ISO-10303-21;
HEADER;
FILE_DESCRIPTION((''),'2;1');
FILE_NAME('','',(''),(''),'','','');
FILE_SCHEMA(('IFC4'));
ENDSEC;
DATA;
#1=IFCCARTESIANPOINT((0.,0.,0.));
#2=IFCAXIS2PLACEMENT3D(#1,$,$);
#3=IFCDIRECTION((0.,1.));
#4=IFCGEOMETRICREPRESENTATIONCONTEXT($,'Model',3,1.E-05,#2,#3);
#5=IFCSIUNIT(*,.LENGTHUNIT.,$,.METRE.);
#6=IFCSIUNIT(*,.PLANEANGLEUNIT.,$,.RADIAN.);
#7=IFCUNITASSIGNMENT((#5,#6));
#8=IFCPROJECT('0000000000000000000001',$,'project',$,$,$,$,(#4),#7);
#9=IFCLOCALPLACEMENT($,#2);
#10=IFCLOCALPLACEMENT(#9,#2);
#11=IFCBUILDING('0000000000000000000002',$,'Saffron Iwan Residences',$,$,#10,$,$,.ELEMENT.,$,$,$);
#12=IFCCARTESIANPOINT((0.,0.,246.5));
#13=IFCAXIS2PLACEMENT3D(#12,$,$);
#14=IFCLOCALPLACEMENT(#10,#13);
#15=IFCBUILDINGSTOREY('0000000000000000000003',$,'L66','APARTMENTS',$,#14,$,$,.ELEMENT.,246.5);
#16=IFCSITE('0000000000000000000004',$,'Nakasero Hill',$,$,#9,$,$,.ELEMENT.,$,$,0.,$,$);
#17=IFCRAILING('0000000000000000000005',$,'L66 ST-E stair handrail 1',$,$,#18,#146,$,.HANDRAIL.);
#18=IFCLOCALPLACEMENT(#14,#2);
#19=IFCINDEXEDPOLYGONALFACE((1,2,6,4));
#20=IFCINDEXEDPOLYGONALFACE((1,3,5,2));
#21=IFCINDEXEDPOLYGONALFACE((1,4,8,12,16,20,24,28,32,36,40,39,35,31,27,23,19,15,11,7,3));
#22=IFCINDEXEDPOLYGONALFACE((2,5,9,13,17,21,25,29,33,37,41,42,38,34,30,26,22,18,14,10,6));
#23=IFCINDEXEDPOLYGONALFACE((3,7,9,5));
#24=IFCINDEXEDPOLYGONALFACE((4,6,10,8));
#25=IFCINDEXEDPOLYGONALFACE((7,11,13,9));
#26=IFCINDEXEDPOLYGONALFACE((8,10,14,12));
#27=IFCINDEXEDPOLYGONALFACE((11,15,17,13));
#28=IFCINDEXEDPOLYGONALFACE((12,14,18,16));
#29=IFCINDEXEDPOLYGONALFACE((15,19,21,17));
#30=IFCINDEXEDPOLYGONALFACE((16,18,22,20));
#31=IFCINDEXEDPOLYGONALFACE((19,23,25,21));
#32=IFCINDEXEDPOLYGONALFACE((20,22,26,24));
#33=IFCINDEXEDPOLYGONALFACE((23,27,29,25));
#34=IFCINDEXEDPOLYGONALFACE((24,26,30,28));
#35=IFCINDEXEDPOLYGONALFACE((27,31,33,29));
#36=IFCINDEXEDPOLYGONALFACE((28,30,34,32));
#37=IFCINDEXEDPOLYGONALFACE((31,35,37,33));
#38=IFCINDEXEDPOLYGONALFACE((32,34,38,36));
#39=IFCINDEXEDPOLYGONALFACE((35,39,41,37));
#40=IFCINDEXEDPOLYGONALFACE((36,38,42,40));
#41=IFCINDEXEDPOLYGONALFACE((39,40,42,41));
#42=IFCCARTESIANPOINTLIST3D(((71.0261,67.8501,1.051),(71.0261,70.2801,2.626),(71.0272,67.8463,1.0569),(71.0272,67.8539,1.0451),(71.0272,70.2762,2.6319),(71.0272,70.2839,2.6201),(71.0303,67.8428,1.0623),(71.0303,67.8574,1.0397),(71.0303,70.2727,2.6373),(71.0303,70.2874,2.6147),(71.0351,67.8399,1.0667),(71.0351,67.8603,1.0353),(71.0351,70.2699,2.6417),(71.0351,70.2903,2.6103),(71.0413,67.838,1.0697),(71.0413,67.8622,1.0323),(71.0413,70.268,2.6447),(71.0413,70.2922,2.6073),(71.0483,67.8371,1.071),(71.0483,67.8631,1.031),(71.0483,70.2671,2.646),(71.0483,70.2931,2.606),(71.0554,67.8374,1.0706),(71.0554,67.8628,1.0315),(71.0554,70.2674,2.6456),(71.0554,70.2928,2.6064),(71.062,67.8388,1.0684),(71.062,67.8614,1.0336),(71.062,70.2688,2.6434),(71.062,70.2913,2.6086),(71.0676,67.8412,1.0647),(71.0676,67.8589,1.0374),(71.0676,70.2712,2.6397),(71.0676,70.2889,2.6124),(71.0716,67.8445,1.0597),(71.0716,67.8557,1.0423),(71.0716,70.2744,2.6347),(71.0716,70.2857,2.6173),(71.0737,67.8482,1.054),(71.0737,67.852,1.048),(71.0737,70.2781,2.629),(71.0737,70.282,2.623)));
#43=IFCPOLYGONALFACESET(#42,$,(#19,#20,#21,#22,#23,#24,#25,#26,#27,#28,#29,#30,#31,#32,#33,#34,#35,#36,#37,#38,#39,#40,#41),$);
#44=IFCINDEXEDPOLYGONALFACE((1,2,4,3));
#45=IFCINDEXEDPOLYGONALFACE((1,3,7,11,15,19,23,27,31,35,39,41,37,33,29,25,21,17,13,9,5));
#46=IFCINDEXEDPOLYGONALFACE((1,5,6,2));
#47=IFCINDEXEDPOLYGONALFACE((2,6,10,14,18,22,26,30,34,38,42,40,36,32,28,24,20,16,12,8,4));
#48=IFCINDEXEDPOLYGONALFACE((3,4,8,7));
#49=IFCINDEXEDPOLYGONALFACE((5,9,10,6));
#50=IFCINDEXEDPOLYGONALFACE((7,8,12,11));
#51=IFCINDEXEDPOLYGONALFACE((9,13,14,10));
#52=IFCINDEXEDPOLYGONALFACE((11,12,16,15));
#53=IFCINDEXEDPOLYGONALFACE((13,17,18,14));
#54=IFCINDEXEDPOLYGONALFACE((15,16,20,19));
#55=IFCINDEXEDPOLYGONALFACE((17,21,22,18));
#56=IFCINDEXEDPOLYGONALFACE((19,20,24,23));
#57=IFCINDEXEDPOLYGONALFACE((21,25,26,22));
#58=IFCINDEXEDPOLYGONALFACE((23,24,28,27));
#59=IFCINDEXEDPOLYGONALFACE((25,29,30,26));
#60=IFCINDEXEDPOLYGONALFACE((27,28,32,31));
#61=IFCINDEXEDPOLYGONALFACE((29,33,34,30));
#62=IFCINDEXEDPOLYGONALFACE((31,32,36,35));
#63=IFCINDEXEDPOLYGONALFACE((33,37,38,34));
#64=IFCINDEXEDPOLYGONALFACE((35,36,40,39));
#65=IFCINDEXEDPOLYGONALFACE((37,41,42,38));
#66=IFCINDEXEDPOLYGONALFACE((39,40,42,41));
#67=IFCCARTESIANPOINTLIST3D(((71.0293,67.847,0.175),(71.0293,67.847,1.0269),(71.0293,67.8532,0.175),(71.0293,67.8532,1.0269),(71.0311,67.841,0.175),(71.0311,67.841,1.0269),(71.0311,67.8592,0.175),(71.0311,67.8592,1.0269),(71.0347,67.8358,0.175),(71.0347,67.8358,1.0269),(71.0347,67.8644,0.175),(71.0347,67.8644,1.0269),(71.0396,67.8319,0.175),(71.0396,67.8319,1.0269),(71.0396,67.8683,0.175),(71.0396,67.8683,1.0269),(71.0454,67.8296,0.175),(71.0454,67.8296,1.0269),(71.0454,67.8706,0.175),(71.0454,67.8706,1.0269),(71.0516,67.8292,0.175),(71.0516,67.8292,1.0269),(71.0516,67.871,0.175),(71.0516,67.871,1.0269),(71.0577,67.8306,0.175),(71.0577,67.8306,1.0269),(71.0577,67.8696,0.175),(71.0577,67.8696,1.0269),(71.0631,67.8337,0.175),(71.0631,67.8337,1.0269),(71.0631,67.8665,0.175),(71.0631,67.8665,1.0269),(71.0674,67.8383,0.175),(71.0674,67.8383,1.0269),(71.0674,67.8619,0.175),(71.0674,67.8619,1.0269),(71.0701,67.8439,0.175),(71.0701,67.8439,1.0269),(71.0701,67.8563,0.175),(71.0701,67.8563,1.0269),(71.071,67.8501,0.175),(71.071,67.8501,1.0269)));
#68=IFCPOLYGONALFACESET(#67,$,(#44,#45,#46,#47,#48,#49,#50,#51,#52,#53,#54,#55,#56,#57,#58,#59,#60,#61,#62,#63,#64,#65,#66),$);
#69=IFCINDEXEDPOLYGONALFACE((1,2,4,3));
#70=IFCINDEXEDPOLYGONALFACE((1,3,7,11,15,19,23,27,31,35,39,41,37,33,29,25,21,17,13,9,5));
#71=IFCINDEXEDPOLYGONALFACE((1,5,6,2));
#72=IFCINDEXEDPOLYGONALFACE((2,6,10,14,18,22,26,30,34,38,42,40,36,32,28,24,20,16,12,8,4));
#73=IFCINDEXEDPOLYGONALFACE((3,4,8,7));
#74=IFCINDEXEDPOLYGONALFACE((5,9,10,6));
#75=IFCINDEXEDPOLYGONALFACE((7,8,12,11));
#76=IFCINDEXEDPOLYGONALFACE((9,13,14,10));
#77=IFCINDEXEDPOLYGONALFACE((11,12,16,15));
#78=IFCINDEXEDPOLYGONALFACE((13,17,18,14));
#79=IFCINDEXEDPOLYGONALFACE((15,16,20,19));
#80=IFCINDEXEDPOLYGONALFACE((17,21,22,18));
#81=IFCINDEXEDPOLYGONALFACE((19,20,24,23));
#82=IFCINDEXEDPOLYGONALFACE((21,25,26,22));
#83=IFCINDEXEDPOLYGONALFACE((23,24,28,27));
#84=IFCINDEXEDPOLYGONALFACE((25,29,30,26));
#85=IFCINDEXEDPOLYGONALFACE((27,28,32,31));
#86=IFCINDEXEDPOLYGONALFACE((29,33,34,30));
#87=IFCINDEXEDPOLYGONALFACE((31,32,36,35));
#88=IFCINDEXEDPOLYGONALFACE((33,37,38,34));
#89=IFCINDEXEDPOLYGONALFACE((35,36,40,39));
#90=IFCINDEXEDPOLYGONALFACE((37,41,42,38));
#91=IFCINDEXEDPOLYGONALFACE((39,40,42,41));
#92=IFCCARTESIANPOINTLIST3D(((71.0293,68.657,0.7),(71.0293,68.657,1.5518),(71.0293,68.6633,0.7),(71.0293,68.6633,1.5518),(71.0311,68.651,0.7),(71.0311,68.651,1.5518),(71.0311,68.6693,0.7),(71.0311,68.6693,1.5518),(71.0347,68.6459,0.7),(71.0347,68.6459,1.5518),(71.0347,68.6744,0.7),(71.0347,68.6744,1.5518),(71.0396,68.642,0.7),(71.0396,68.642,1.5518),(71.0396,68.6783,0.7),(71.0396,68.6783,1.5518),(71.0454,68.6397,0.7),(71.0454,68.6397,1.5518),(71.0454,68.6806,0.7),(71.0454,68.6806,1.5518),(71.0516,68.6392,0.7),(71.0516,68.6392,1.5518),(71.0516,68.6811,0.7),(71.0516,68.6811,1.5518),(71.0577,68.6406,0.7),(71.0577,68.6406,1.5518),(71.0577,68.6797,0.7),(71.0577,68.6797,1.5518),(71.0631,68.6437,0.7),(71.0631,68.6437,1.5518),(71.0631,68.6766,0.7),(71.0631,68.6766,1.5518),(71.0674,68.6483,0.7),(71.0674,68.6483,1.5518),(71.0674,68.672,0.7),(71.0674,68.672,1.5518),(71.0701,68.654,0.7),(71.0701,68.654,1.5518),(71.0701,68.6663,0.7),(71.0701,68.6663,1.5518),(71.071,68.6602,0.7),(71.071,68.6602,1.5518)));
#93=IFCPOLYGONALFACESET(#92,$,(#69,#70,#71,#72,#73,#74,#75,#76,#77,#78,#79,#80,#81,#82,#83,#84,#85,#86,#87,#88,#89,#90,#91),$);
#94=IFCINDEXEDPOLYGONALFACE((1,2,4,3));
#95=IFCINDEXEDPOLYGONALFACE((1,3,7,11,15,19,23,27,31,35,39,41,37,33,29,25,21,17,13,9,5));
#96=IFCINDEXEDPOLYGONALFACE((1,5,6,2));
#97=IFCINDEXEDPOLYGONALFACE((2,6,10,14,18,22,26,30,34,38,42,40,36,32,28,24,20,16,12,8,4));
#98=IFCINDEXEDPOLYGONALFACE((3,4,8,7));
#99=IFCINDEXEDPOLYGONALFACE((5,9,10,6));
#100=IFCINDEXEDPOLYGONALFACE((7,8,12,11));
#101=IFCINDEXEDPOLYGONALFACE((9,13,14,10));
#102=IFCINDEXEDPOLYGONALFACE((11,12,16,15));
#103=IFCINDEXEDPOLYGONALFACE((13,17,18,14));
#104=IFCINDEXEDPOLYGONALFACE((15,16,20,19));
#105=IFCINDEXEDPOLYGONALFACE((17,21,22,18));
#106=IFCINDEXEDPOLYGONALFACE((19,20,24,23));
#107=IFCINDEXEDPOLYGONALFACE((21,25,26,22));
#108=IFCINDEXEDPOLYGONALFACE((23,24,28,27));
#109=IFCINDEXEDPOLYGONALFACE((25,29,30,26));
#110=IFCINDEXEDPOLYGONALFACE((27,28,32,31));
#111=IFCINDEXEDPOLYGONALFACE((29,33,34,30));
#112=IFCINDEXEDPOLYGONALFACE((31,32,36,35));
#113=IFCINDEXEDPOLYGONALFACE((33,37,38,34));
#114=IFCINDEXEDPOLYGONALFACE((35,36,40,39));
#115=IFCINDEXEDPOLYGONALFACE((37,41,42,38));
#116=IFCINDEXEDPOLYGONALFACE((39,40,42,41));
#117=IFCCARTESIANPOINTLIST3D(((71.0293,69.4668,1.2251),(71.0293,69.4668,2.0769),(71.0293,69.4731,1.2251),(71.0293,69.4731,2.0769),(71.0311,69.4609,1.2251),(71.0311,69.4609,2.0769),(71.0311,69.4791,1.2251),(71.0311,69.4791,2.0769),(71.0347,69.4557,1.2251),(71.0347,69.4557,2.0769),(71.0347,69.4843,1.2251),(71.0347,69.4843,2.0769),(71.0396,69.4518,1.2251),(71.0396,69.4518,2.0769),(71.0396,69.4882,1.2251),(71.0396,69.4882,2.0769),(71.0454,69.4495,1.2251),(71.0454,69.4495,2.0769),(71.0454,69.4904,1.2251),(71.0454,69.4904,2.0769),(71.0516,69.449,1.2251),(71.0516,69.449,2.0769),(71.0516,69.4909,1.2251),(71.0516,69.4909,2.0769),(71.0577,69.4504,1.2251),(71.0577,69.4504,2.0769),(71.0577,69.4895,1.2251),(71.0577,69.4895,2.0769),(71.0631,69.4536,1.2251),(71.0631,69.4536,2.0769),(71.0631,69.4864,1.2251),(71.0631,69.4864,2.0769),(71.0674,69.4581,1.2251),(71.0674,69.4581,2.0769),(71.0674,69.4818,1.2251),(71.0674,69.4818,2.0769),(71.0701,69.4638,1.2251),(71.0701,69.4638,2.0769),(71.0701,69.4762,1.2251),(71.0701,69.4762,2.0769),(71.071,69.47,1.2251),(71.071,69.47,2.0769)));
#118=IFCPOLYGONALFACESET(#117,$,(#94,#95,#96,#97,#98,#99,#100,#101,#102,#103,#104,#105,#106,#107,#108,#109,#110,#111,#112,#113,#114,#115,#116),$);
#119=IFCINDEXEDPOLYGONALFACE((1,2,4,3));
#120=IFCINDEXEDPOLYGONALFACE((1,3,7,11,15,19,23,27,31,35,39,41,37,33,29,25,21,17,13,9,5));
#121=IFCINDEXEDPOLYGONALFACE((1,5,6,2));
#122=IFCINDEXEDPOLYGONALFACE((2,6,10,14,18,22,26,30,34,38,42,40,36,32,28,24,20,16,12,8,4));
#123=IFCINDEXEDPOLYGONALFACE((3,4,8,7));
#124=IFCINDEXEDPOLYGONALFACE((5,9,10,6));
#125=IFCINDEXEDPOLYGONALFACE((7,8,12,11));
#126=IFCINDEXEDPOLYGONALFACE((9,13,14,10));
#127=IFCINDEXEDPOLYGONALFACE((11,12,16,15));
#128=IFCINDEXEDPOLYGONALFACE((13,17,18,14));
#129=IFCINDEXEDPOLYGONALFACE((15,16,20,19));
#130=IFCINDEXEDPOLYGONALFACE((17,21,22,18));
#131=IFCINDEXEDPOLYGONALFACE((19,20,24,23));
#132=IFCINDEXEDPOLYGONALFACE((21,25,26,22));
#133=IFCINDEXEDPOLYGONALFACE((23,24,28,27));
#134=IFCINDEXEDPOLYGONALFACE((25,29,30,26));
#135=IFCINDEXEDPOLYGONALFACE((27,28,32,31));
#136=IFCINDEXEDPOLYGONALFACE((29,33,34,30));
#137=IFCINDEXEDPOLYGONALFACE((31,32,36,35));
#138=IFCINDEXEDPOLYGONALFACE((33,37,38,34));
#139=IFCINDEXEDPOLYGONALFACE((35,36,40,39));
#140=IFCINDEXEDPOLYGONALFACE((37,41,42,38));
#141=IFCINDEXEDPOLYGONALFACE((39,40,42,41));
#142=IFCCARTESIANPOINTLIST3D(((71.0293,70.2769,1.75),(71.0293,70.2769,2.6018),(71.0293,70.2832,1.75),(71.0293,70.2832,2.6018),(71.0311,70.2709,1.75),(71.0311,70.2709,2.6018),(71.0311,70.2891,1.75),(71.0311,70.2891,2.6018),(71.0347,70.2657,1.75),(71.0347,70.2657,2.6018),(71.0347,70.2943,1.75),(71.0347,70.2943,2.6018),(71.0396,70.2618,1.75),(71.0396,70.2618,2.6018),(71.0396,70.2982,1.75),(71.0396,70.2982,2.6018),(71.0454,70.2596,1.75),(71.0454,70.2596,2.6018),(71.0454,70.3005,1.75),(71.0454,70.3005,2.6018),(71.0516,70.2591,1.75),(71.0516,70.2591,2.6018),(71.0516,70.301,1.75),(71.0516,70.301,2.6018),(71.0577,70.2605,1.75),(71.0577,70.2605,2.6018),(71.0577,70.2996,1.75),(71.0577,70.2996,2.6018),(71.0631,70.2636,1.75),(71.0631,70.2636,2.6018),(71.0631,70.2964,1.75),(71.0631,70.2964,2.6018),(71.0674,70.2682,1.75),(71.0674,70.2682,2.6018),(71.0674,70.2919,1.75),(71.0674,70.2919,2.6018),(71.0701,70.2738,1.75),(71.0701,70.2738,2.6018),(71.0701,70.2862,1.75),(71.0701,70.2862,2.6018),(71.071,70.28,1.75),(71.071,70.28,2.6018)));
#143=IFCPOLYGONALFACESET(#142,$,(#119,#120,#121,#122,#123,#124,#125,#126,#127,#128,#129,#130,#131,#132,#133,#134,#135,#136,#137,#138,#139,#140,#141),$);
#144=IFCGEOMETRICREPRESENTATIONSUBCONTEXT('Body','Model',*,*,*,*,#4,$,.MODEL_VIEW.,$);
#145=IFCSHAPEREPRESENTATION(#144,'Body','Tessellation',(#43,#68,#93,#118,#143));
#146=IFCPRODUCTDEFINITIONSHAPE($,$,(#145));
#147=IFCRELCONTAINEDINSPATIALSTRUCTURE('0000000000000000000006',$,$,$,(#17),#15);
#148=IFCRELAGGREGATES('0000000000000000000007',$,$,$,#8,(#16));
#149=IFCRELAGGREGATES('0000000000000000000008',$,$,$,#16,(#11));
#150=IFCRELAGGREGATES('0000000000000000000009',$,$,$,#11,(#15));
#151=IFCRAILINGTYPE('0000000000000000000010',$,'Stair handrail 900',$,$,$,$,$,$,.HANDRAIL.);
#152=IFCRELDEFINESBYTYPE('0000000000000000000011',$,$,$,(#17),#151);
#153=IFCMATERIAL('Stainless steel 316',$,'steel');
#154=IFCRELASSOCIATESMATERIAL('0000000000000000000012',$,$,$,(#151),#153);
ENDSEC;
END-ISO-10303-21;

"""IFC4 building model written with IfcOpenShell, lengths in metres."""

from ifc_helpers import new_model, si_unit, direction, frame, origin, origin_2d, place, context, subcontext, project, spatial, circle, extrude, material, type_object, element, save


model = new_model("IFC4")

# Units and contexts
model_context = context("Model", 3, precision=1e-05, world=origin(), true_north=direction((0.0, 1.0)))
body_context = subcontext(model_context, "Body", "Model", "MODEL_VIEW")
ifc_project = project(units=[si_unit("LENGTHUNIT", "METRE"), si_unit("PLANEANGLEUNIT", "RADIAN")], contexts=[model_context])

# Site, building, storey
site_placement = place(None, origin())
site = spatial("IfcSite", under=ifc_project, at=site_placement, Name="Nakasero Hill", CompositionType="ELEMENT", RefElevation=0.0)
building_placement = place(site_placement, origin())
building = spatial("IfcBuilding", under=site, at=building_placement, Name="Saffron Iwan Residences", CompositionType="ELEMENT")
storey_placement = place(building_placement, frame((0.0, 0.0, 246.5)))
storey = spatial("IfcBuildingStorey", under=building, at=storey_placement, Name="L66", Description="APARTMENTS", CompositionType="ELEMENT", Elevation=246.5)

# Shared definitions
ifc_material_1 = material(Name="Stainless steel 316", Category="steel")

# Railing
railing_type_1 = type_object("IfcRailingType", Name="Stair handrail 900", PredefinedType="HANDRAIL", material=ifc_material_1)
railing_1_placement = place(storey_placement, frame((71.05, 67.8501, 0.175)))
element("IfcRailing", 1, at=railing_1_placement, inside=storey, type_object=railing_type_1, Name="L66 ST-E stair handrail 1", PredefinedType="HANDRAIL", context=body_context, shape_type="SweptSolid", body=[
    extrude(circle(Radius=0.0239, at=origin_2d()), frame((0.0, 0.0, 0.876), z_axis=(0.0, 0.839154, 0.543894), x_axis=(-1.0, 0.0, 0.0)), (0.0, 0.0, 1.0), 2.8958),
    extrude(circle(Radius=0.021, at=origin_2d()), origin(), (0.0, 0.0, 1.0), 0.8518),
    extrude(circle(Radius=0.021, at=origin_2d()), frame((0.0, 0.8101, 0.5249)), (0.0, 0.0, 1.0), 0.8518),
    extrude(circle(Radius=0.021, at=origin_2d()), frame((0.0, 1.6199, 1.05)), (0.0, 0.0, 1.0), 0.8518),
    extrude(circle(Radius=0.021, at=origin_2d()), frame((0.0, 2.4299, 1.575)), (0.0, 0.0, 1.0), 0.8518),
])

save(model, "model.ifc")
